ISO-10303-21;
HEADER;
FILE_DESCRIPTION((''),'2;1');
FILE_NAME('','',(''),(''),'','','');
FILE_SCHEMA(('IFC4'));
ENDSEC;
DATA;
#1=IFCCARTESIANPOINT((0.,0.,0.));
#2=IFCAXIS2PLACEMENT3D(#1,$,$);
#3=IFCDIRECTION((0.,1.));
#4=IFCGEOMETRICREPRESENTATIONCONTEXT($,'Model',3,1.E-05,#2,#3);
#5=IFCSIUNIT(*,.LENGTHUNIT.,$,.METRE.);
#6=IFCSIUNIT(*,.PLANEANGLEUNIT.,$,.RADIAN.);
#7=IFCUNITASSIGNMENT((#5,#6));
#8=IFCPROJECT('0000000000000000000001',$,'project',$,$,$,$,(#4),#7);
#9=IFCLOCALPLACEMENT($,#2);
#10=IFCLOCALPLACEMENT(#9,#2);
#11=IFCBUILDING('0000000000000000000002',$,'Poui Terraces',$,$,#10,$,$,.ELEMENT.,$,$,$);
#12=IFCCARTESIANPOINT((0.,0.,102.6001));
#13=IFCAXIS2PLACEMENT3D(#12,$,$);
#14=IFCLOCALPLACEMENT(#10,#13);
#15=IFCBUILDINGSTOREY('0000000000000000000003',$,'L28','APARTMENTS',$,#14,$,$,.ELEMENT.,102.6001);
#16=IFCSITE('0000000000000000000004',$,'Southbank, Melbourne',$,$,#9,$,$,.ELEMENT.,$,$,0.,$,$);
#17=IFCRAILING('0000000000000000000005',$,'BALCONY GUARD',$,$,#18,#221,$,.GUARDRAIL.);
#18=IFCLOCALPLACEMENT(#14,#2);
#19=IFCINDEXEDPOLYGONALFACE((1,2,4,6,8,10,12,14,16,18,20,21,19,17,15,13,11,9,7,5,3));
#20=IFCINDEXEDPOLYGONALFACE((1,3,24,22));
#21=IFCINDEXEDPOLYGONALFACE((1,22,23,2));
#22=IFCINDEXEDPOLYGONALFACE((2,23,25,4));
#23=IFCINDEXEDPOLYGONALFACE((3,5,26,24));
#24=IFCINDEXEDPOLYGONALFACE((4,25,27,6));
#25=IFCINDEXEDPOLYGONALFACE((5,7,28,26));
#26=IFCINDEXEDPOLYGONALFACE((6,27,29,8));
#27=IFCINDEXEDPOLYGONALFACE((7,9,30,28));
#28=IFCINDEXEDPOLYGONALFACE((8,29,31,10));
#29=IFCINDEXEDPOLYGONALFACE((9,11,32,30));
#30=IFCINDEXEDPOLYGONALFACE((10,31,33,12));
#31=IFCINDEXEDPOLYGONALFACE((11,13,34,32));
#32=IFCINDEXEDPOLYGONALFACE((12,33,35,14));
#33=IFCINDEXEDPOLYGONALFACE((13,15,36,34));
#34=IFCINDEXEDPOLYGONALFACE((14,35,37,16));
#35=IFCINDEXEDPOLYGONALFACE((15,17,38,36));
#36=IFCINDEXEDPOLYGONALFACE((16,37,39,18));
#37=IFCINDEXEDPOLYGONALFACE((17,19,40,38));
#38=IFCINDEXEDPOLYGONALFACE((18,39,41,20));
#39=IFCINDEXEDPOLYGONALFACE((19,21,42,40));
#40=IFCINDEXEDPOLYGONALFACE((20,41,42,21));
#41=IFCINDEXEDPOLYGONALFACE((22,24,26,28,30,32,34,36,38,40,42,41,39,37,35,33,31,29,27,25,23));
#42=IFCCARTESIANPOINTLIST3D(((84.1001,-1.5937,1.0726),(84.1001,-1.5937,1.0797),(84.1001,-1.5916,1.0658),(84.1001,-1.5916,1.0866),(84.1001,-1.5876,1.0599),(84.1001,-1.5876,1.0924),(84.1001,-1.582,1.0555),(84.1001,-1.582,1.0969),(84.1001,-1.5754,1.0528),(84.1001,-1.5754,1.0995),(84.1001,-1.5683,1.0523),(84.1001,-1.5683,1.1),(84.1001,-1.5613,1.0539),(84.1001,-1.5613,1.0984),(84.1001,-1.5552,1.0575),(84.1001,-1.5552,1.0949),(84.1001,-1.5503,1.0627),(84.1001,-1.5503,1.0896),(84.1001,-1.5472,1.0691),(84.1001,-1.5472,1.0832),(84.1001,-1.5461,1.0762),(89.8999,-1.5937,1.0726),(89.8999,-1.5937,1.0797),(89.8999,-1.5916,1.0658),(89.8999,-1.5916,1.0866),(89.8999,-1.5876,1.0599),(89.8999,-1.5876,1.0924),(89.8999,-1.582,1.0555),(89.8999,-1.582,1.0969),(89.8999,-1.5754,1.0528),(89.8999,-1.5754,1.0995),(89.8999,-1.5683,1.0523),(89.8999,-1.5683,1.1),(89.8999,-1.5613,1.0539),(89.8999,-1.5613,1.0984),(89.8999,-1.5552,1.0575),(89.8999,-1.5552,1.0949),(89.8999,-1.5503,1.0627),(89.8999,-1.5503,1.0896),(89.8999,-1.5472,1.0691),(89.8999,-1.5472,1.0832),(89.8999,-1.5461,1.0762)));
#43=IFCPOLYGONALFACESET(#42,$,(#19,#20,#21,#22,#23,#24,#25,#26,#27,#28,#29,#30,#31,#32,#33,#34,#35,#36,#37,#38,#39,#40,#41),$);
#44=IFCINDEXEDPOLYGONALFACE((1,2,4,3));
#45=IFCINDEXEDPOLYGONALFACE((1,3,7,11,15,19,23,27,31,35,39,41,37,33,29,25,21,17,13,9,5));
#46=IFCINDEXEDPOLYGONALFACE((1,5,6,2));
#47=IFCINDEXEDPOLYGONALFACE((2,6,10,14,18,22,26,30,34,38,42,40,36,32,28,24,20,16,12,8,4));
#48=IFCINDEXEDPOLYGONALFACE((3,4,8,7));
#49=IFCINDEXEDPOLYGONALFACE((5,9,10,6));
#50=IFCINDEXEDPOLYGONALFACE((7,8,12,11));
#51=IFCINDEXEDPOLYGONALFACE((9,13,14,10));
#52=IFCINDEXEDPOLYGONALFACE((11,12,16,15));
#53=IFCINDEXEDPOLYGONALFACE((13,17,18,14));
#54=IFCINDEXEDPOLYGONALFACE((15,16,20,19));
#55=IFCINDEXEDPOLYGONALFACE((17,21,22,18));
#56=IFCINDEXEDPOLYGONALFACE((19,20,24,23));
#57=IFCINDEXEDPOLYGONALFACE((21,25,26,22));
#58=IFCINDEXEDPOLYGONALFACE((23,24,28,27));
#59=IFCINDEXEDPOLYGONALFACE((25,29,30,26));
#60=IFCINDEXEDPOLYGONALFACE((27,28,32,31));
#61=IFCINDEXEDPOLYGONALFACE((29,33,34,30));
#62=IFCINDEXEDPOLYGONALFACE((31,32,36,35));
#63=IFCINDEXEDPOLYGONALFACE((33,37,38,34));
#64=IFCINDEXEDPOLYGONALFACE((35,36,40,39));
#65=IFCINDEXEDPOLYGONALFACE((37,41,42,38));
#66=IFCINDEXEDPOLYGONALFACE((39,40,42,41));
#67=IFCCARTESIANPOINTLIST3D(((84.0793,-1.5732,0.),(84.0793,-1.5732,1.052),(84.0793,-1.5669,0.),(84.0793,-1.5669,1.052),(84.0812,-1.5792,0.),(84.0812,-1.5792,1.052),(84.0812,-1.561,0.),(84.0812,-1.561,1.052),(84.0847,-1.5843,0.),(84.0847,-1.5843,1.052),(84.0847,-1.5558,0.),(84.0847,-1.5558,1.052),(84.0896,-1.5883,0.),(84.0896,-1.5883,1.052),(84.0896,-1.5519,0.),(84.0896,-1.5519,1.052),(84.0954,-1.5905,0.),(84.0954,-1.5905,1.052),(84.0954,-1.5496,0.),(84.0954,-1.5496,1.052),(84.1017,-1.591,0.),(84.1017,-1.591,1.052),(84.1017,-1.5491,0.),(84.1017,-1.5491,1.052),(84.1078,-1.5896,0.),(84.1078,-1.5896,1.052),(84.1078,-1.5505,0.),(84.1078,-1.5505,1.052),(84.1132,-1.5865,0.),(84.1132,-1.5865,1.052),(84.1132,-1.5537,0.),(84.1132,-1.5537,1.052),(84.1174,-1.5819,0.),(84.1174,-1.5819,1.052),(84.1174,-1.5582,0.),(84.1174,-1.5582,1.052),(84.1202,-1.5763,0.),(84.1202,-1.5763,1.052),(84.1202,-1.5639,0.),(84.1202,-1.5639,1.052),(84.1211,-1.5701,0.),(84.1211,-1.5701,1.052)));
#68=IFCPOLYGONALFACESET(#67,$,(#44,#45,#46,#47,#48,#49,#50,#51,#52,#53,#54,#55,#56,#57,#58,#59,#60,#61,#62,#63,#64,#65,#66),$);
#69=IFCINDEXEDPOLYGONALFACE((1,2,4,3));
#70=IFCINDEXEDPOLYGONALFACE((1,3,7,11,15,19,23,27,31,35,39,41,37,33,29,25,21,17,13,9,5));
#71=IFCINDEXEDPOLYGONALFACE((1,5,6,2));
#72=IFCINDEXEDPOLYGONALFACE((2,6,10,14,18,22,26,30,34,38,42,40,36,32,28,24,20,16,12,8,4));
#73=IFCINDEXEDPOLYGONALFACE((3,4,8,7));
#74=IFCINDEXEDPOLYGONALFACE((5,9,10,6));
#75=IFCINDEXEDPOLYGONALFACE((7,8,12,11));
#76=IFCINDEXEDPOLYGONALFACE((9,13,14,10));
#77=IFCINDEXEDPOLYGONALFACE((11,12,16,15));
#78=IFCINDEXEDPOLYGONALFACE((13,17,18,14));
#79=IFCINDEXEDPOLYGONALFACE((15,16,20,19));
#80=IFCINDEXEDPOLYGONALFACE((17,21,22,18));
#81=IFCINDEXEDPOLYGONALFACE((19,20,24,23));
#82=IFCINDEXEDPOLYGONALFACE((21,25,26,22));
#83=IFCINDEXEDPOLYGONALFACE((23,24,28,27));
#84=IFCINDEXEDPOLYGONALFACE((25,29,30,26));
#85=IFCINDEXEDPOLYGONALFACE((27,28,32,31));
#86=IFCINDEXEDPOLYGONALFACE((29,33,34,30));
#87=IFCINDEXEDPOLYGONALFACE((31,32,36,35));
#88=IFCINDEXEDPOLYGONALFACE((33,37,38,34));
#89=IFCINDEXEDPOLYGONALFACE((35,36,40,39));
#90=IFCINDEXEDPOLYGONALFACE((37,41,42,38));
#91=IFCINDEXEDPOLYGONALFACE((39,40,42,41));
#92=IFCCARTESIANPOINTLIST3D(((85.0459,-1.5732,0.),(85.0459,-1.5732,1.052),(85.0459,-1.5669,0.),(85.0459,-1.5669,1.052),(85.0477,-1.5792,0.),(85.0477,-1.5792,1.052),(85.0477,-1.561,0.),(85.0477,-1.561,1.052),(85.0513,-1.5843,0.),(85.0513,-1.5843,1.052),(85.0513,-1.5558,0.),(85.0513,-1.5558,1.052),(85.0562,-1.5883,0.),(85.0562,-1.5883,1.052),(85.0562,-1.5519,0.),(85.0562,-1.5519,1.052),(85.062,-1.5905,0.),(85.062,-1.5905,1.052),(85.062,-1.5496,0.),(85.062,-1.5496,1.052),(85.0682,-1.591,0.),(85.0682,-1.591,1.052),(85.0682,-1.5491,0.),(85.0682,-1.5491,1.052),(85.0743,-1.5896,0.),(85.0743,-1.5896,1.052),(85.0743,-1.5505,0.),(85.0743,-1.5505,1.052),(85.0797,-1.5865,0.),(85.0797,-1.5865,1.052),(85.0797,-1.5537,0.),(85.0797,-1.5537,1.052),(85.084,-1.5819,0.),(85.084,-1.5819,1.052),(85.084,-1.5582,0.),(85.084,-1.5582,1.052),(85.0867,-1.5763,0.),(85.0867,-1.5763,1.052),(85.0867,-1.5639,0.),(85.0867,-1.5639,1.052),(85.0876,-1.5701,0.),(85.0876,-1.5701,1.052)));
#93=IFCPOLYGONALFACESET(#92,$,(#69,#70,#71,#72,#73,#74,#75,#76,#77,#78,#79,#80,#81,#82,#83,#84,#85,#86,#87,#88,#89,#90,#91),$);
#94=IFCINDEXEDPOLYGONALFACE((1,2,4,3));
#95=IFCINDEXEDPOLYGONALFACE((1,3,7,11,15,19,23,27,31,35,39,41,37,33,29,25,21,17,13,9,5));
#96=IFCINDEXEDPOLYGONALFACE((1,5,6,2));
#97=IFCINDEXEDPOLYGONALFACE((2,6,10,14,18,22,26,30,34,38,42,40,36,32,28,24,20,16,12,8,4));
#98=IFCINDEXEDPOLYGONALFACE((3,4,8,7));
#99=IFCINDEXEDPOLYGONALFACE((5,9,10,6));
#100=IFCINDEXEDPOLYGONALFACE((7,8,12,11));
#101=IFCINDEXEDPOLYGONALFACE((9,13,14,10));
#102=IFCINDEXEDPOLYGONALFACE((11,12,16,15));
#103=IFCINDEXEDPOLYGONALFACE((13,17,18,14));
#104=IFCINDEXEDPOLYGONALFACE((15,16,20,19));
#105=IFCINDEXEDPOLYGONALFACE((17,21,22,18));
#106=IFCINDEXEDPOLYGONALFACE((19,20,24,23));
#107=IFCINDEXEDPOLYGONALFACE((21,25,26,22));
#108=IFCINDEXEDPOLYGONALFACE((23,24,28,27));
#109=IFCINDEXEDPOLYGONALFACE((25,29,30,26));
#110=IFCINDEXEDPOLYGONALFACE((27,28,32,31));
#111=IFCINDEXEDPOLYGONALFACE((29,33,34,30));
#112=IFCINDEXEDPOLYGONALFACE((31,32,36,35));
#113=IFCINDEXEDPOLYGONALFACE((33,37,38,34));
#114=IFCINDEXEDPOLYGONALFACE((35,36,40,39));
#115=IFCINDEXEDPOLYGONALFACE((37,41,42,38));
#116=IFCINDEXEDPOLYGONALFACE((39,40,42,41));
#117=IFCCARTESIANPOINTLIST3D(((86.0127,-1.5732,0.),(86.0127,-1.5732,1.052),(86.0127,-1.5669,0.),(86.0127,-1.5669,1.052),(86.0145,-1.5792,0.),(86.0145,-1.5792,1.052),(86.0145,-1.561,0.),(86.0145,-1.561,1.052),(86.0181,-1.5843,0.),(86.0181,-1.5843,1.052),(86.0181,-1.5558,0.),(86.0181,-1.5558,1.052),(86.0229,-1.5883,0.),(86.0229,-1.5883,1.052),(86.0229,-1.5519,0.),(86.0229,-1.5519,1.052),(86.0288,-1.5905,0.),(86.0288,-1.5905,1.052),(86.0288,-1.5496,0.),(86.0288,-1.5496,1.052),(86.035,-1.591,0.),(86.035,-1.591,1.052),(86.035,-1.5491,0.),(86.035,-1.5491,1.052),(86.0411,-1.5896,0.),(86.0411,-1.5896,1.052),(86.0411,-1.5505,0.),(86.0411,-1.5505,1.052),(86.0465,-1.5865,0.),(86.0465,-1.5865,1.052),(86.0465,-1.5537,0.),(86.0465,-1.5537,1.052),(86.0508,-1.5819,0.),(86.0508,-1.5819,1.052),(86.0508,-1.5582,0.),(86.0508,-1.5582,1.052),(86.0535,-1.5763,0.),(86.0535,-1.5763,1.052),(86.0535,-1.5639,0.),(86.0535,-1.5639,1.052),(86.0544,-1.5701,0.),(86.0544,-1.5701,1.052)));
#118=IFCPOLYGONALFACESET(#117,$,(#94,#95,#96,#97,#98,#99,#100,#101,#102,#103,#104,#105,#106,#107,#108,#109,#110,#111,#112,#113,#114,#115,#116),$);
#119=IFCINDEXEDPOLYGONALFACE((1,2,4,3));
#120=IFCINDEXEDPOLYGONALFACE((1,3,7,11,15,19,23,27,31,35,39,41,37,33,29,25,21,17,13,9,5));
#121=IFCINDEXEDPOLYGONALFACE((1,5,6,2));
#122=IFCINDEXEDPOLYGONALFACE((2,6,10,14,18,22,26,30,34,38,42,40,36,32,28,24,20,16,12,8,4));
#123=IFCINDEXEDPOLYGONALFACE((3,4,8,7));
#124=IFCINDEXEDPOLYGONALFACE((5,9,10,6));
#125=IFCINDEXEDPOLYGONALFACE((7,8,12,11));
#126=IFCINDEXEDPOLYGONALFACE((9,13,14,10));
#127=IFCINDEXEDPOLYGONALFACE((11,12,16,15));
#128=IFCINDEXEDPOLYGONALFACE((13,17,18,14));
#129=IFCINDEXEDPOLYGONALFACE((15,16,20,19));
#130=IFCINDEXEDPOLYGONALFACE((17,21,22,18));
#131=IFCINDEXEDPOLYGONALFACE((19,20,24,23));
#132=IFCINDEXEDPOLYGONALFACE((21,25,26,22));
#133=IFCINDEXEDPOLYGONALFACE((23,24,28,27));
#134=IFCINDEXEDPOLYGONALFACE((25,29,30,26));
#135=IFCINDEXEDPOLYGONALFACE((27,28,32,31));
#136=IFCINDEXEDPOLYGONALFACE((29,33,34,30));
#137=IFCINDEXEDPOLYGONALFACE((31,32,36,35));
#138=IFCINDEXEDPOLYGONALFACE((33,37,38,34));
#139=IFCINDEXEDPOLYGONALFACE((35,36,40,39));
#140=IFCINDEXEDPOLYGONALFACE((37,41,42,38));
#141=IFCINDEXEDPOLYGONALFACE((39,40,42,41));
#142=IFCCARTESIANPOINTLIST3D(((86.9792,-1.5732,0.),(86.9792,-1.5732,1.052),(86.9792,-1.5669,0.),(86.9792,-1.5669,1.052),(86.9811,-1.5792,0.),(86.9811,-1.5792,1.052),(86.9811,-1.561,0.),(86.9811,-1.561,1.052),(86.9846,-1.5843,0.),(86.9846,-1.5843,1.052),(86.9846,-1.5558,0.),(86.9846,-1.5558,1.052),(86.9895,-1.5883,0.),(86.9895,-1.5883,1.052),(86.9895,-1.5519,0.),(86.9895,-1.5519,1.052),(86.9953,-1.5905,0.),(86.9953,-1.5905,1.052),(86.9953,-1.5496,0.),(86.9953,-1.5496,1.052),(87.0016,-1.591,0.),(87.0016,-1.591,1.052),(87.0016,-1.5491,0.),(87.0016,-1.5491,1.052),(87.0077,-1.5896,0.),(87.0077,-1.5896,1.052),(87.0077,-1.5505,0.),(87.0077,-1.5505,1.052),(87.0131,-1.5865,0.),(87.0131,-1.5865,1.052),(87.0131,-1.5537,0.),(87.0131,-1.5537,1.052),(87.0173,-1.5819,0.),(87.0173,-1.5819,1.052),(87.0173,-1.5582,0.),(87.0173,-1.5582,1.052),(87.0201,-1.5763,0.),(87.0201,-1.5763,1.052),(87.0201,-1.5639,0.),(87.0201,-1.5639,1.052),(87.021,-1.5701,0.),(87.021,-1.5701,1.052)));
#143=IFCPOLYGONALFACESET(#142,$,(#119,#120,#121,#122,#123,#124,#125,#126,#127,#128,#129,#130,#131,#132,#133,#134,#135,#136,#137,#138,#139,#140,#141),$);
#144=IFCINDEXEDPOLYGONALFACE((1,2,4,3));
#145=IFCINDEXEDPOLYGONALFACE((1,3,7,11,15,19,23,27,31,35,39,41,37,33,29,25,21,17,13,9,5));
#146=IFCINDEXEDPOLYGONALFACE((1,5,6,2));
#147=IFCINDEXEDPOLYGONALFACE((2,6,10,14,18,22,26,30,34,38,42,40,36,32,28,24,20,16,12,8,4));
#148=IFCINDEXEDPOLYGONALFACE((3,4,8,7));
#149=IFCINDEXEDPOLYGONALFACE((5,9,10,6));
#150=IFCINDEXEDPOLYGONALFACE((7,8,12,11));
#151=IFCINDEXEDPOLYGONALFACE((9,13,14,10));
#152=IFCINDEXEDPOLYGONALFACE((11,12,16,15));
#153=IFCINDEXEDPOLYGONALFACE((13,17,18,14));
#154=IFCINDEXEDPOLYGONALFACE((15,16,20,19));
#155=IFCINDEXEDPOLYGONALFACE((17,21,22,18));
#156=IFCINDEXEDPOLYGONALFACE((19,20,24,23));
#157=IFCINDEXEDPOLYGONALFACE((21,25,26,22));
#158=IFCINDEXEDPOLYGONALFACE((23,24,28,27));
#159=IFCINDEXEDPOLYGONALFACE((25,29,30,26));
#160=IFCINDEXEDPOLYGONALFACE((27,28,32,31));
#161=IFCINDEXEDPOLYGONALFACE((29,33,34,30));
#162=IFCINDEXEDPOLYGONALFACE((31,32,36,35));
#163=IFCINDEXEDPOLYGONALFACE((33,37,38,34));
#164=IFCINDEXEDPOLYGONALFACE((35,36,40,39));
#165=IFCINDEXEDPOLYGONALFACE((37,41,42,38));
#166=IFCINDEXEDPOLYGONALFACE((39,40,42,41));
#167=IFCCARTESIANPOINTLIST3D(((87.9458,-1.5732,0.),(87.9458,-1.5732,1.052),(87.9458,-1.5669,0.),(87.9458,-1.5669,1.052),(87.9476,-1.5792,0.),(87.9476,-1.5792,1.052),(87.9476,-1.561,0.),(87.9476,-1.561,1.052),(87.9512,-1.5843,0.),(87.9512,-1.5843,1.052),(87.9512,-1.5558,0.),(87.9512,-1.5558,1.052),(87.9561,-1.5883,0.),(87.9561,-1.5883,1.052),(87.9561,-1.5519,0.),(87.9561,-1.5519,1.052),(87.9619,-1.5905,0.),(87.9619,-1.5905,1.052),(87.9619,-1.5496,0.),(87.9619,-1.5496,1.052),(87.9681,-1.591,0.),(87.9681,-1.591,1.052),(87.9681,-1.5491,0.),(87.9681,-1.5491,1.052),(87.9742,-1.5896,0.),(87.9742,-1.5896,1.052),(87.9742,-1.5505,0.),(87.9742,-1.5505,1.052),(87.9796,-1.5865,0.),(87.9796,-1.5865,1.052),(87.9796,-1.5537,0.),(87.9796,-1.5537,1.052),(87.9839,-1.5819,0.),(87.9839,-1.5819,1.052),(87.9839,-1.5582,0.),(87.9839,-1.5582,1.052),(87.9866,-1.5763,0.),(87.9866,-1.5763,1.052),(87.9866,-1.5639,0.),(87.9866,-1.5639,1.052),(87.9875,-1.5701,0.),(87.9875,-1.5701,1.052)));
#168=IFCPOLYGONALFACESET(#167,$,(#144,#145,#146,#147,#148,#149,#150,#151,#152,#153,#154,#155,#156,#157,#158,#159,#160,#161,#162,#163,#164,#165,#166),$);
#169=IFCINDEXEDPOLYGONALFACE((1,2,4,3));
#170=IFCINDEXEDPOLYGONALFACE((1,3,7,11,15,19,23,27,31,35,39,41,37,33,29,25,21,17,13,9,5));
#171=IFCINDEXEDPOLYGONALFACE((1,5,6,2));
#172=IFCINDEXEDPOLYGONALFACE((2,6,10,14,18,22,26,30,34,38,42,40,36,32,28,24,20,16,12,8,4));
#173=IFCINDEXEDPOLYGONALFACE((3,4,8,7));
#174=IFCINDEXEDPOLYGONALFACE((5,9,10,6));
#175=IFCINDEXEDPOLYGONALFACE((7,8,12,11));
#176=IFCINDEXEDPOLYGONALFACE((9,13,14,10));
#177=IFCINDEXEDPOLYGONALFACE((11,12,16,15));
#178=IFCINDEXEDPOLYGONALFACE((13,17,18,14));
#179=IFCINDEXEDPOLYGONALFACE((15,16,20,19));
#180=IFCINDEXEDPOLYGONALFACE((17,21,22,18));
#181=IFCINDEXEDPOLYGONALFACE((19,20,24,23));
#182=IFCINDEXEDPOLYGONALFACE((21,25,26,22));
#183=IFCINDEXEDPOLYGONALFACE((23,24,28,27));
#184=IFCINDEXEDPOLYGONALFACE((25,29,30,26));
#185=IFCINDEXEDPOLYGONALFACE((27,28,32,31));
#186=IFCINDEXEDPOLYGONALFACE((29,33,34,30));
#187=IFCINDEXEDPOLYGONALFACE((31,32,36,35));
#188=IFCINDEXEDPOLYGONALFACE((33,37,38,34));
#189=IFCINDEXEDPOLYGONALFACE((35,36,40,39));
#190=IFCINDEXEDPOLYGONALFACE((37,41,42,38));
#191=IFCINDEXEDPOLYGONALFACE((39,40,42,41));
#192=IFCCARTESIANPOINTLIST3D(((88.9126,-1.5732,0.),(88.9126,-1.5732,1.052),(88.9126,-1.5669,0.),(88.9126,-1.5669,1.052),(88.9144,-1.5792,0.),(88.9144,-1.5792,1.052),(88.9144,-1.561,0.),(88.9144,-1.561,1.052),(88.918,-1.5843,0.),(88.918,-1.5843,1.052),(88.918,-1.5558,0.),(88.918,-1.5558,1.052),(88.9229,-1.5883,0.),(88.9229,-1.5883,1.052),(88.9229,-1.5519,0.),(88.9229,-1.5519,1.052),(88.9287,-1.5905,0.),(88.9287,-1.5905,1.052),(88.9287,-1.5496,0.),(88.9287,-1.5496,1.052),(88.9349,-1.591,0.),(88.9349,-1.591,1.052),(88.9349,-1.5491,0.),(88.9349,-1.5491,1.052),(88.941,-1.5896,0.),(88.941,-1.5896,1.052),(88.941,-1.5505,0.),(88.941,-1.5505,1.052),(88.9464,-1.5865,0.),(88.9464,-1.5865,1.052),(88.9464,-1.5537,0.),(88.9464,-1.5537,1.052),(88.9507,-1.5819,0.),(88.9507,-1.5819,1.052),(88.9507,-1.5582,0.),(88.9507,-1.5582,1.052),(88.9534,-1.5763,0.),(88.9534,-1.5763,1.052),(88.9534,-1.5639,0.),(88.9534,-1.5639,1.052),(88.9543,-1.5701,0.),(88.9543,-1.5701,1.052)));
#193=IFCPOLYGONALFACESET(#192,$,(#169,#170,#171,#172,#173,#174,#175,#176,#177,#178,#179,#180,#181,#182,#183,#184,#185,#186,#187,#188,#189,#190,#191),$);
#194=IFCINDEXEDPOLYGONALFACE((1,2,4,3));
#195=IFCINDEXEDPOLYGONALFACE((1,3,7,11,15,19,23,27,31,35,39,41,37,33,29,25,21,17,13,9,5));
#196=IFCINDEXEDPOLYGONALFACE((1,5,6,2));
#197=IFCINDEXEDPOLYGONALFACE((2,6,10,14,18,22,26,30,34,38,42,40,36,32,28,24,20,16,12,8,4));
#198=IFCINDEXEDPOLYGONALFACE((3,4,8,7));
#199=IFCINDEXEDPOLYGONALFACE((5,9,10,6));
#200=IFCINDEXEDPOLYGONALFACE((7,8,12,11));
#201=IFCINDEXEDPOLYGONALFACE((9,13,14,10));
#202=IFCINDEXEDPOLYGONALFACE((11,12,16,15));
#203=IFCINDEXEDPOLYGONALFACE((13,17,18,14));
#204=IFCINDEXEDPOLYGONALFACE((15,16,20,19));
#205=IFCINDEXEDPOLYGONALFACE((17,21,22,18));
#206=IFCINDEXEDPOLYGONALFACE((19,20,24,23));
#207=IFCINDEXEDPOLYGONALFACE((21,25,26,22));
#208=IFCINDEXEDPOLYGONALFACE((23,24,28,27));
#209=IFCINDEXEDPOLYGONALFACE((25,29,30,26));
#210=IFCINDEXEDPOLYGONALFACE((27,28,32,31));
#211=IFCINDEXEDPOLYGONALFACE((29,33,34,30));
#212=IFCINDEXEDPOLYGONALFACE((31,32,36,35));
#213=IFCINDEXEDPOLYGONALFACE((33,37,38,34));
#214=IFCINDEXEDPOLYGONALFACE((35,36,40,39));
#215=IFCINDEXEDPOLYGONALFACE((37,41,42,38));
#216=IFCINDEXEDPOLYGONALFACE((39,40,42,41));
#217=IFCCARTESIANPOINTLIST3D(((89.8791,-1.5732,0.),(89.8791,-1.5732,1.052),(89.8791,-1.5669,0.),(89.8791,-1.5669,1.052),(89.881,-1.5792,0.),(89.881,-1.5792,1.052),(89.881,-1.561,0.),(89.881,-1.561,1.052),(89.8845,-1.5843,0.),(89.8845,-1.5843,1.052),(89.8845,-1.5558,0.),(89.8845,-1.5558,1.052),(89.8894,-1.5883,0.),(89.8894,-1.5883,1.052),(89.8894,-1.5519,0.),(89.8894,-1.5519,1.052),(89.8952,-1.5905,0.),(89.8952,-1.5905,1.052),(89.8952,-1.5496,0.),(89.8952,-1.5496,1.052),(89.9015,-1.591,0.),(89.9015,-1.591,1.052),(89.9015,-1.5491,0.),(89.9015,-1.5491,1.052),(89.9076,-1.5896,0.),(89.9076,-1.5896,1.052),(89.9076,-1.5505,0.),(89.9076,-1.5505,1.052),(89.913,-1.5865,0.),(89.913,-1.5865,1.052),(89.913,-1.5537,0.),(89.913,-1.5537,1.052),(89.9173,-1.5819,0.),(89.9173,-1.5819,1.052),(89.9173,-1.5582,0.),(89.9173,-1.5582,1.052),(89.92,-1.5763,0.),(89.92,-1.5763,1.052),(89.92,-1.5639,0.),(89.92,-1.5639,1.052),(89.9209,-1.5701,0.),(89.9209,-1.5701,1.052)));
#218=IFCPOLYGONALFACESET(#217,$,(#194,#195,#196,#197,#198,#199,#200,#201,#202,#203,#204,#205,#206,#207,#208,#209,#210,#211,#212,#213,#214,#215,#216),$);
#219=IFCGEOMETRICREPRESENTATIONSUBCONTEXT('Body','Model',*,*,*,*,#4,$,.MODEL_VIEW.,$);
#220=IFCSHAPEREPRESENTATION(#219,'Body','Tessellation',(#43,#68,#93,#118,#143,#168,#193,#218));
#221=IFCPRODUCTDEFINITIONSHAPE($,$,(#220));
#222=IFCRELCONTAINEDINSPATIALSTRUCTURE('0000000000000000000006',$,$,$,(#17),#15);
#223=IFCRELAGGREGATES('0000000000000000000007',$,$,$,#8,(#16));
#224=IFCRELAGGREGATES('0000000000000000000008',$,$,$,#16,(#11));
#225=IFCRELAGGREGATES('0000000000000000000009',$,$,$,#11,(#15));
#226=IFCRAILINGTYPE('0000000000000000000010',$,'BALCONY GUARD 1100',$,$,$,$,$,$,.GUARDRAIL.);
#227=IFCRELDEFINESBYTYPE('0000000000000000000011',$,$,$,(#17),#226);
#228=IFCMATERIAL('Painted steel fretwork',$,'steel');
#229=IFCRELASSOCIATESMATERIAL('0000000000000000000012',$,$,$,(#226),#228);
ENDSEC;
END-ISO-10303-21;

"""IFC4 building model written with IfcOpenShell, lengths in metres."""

from ifc_helpers import new_model, si_unit, direction, frame, origin, origin_2d, place, context, subcontext, project, spatial, circle, extrude, material, type_object, element, save


model = new_model("IFC4")

# Units and contexts
model_context = context("Model", 3, precision=1e-05, world=origin(), true_north=direction((0.0, 1.0)))
body_context = subcontext(model_context, "Body", "Model", "MODEL_VIEW")
ifc_project = project(units=[si_unit("LENGTHUNIT", "METRE"), si_unit("PLANEANGLEUNIT", "RADIAN")], contexts=[model_context])

# Site, building, storey
site_placement = place(None, origin())
site = spatial("IfcSite", under=ifc_project, at=site_placement, Name="Southbank, Melbourne", CompositionType="ELEMENT", RefElevation=0.0)
building_placement = place(site_placement, origin())
building = spatial("IfcBuilding", under=site, at=building_placement, Name="Poui Terraces", CompositionType="ELEMENT")
storey_placement = place(building_placement, frame((0.0, 0.0, 102.6001)))
storey = spatial("IfcBuildingStorey", under=building, at=storey_placement, Name="L28", Description="APARTMENTS", CompositionType="ELEMENT", Elevation=102.6001)

# Railing
ifc_material_1 = material(Name="Painted steel fretwork", Category="steel")
railing_type = type_object("IfcRailingType", Name="BALCONY GUARD 1100", PredefinedType="GUARDRAIL", material=ifc_material_1)
railing_placement = place(storey_placement, frame((84.1001, -1.5701, 0.0)))
element("IfcRailing", 1, at=railing_placement, inside=storey, type_object=railing_type, Name="BALCONY GUARD", PredefinedType="GUARDRAIL", context=body_context, shape_type="SweptSolid", body=[
    extrude(circle(Radius=0.0239, at=origin_2d()), frame((0.0, 0.0, 1.0762), z_axis=(1.0, 0.0, 0.0), x_axis=(0.0, 1.0, 0.0)), (0.0, 0.0, 1.0), 5.7998),
    extrude(circle(Radius=0.021, at=origin_2d()), origin(), (0.0, 0.0, 1.0), 1.052),
    extrude(circle(Radius=0.021, at=origin_2d()), frame((0.9666, 0.0, 0.0)), (0.0, 0.0, 1.0), 1.052),
    extrude(circle(Radius=0.021, at=origin_2d()), frame((1.9333, 0.0, 0.0)), (0.0, 0.0, 1.0), 1.052),
    extrude(circle(Radius=0.021, at=origin_2d()), frame((2.8999, 0.0, 0.0)), (0.0, 0.0, 1.0), 1.052),
    extrude(circle(Radius=0.021, at=origin_2d()), frame((3.8665, 0.0, 0.0)), (0.0, 0.0, 1.0), 1.052),
    extrude(circle(Radius=0.021, at=origin_2d()), frame((4.8333, 0.0, 0.0)), (0.0, 0.0, 1.0), 1.052),
    extrude(circle(Radius=0.021, at=origin_2d()), frame((5.7998, 0.0, 0.0)), (0.0, 0.0, 1.0), 1.052),
])

save(model, "model.ifc")
